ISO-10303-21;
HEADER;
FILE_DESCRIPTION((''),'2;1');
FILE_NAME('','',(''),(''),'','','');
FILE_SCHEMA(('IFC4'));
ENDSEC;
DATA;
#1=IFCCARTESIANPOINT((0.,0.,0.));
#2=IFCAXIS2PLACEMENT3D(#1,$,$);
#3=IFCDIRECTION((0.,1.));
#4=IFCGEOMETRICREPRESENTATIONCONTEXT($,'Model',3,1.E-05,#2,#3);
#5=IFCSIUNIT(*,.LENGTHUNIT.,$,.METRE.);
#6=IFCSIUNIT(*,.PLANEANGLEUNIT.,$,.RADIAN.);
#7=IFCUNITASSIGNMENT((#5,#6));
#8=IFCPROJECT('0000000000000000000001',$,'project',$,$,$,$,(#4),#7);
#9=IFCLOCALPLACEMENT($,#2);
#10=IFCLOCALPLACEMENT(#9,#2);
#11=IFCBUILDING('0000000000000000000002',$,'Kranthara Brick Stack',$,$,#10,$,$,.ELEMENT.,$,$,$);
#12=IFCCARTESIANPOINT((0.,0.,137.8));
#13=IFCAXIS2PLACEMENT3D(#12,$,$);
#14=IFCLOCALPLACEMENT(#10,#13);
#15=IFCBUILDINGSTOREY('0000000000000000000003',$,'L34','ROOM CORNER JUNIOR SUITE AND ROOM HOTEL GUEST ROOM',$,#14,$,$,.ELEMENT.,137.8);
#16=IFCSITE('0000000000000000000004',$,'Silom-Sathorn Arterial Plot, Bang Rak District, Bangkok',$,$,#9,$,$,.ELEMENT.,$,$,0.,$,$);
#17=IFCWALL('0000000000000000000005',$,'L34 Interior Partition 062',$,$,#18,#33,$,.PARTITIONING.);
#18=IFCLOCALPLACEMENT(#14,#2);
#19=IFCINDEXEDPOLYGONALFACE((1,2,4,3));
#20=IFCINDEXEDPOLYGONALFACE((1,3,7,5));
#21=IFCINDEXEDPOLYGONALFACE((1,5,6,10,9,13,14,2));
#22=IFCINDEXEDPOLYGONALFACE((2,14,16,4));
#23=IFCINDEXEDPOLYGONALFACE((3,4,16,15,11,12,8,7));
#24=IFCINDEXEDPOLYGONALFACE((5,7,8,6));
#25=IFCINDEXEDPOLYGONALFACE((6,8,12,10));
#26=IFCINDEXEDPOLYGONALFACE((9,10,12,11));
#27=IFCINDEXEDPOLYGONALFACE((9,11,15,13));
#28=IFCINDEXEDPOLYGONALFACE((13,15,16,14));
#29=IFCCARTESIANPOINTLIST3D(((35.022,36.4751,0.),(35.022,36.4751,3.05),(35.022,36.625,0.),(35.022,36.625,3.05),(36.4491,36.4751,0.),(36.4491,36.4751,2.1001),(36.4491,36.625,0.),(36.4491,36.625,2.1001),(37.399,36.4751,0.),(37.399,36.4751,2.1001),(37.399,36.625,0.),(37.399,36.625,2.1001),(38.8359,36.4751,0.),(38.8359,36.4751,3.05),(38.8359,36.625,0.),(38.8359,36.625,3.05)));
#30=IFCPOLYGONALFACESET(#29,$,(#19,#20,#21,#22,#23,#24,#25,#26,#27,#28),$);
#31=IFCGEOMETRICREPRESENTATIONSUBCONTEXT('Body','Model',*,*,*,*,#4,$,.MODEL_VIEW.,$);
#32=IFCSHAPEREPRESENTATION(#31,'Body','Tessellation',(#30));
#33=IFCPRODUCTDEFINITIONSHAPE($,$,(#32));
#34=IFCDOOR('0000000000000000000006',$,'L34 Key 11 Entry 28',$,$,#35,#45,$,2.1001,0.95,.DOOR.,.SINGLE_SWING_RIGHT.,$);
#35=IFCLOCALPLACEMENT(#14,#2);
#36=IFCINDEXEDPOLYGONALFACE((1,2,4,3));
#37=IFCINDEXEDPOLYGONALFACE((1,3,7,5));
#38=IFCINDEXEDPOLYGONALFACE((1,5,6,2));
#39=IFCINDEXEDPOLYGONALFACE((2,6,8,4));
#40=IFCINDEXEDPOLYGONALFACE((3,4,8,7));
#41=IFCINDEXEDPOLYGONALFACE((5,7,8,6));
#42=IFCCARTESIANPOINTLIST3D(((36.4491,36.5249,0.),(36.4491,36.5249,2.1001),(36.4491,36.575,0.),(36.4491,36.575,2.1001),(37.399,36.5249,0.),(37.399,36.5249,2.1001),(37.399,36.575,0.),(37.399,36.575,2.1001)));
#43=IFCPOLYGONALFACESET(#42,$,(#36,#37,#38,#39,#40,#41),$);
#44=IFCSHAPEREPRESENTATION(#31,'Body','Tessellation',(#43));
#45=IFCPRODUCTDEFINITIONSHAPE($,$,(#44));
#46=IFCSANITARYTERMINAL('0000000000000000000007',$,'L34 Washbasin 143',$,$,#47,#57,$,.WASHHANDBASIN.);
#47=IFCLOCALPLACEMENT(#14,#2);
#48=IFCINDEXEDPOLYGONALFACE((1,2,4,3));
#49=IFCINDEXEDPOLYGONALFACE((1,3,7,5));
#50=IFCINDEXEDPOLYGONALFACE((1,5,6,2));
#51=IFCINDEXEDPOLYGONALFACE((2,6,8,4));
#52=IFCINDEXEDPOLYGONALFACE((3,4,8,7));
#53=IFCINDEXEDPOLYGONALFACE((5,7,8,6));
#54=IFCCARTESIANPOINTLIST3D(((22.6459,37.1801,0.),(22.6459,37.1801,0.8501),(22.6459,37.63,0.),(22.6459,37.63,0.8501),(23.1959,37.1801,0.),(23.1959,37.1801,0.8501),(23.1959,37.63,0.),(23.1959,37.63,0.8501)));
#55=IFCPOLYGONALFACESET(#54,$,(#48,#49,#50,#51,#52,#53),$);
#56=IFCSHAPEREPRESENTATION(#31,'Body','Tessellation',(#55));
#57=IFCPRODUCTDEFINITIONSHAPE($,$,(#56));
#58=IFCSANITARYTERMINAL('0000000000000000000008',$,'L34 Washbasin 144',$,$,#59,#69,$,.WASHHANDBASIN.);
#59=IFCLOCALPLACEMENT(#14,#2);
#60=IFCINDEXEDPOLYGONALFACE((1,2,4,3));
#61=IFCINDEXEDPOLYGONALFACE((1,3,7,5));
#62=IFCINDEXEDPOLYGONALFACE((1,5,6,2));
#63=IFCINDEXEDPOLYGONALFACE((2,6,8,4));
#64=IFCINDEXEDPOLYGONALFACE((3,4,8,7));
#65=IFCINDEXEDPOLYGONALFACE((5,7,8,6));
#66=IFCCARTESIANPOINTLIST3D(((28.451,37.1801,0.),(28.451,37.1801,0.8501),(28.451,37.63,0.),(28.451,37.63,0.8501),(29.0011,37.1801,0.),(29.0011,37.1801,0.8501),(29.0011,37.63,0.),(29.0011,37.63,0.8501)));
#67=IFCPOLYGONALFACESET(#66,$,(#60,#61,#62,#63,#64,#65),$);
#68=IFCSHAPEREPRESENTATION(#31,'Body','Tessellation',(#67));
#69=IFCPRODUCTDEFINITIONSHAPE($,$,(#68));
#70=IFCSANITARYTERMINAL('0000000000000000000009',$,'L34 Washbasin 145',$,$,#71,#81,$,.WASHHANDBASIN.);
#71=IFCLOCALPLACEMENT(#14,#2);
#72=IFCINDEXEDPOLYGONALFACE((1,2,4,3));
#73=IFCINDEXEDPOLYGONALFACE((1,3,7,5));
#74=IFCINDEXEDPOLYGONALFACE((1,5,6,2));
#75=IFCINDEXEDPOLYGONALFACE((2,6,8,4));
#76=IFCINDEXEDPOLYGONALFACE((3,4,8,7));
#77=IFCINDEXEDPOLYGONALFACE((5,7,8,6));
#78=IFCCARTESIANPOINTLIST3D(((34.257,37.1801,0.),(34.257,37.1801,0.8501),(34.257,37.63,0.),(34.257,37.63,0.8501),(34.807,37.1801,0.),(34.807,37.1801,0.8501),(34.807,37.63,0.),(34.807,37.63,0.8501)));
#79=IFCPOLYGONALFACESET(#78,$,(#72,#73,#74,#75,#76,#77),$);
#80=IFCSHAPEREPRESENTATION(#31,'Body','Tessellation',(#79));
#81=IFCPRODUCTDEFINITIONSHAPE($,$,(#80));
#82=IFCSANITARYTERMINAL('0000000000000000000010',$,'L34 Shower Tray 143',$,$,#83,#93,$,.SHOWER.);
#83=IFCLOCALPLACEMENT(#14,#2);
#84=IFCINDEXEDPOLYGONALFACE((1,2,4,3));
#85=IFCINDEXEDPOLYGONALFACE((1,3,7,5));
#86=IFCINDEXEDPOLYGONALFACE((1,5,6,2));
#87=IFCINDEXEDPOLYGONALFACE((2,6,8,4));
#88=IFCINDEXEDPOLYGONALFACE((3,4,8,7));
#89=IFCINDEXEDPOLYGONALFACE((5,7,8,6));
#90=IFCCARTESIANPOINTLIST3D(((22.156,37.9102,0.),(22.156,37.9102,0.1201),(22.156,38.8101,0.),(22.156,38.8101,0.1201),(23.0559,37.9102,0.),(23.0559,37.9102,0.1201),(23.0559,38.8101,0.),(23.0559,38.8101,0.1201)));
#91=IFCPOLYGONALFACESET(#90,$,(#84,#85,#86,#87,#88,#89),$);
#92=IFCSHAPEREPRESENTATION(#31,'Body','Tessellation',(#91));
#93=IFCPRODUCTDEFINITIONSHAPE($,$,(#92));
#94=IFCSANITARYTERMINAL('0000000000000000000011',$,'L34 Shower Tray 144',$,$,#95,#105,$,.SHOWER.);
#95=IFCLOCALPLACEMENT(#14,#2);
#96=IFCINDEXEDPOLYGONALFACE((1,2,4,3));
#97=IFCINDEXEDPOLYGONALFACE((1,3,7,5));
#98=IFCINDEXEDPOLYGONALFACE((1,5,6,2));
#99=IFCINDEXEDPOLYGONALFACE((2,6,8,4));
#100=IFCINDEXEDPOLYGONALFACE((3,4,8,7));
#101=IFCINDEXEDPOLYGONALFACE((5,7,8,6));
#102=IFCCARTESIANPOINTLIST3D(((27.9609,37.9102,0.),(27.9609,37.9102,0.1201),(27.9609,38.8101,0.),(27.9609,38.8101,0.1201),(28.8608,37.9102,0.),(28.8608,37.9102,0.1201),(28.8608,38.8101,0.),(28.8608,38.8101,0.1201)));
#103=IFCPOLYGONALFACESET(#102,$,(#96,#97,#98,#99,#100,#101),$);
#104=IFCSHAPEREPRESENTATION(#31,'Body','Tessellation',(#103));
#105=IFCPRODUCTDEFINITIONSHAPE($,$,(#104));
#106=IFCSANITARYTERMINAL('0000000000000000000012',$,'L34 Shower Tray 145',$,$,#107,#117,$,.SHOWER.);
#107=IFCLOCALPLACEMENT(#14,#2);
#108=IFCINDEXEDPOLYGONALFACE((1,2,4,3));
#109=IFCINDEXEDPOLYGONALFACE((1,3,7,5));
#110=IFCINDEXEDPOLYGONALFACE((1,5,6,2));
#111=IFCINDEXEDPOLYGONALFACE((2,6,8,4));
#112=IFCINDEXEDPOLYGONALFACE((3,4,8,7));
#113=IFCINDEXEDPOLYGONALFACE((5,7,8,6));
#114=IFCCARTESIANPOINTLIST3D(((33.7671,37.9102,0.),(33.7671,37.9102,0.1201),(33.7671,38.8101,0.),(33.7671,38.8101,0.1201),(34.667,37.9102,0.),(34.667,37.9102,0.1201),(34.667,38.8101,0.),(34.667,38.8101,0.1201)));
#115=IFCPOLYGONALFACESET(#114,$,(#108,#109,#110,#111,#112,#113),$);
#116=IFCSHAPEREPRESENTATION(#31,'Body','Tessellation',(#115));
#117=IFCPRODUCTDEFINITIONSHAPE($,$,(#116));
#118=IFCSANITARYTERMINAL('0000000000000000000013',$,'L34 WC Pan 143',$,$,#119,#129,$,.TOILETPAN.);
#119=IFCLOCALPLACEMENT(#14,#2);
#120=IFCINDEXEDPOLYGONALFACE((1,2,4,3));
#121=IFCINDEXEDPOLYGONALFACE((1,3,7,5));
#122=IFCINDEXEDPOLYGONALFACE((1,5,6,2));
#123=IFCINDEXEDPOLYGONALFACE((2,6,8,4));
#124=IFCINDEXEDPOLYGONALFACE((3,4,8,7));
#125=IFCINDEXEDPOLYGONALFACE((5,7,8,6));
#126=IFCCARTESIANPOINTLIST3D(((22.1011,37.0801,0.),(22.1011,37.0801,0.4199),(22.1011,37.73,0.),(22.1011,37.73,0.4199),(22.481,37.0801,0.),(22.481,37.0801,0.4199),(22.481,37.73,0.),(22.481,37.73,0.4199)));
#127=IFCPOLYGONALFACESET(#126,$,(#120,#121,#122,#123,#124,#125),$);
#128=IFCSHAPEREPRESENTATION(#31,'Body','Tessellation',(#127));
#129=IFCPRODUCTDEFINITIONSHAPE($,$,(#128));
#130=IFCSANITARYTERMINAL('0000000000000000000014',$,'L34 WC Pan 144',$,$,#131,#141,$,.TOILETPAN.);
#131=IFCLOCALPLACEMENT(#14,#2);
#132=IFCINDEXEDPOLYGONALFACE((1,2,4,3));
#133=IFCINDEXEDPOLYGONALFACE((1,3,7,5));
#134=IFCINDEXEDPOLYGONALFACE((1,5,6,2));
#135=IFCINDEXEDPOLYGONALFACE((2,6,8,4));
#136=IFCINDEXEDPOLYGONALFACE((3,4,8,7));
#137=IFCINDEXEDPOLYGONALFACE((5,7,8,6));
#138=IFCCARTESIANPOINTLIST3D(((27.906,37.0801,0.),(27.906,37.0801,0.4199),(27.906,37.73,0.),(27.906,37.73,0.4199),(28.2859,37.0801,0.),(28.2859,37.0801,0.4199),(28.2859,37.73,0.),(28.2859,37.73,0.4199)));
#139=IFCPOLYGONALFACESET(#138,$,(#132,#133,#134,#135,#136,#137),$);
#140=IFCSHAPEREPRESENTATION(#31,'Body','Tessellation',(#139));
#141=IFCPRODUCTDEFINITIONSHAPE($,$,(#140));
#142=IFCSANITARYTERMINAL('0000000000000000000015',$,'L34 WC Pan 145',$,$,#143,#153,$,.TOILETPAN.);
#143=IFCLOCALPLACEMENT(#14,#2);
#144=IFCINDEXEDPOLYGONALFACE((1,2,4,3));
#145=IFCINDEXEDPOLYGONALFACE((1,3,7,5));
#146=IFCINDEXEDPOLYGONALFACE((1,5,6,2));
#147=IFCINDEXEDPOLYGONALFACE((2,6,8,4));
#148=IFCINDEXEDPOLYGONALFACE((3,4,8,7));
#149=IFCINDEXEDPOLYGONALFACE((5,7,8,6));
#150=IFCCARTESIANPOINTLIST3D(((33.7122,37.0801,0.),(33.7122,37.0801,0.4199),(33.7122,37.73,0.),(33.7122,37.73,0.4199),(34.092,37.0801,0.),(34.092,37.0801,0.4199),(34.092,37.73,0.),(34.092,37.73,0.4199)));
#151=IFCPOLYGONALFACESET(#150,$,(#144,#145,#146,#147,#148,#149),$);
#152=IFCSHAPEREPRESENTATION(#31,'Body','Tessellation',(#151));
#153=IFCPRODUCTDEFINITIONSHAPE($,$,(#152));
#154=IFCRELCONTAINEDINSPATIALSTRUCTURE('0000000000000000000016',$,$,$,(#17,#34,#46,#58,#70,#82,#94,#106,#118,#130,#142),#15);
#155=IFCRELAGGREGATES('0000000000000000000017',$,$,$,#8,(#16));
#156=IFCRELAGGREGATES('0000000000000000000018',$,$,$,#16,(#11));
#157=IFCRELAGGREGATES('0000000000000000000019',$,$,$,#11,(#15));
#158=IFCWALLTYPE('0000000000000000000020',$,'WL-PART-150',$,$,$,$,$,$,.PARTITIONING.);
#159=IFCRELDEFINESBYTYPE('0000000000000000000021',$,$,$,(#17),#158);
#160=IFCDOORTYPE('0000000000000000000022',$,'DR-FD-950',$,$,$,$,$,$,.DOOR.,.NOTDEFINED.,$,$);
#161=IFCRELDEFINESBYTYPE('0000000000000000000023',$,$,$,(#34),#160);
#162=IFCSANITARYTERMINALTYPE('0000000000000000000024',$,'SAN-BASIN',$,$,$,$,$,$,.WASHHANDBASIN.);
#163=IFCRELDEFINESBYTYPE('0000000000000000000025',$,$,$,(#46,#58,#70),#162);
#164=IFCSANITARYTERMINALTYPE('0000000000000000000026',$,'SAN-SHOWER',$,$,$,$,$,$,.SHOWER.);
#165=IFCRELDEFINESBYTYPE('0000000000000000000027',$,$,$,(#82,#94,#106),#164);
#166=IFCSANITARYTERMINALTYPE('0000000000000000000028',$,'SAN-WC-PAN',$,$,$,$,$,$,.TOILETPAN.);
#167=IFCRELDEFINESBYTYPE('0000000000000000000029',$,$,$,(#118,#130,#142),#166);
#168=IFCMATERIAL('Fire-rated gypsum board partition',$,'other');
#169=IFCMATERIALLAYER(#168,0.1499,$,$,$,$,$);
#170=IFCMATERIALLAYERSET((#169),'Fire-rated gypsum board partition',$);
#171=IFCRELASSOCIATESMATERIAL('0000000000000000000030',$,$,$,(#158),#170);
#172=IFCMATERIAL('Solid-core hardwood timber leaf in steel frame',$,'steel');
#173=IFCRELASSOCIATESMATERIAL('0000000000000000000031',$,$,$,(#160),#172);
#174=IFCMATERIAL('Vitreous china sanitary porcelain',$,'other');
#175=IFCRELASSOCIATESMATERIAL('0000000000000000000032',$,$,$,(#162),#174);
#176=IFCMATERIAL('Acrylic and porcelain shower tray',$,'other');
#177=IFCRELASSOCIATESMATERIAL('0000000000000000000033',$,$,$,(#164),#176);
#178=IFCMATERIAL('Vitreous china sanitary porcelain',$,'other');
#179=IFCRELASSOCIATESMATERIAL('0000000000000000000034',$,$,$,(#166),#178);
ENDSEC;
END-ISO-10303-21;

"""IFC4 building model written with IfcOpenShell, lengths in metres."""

from ifc_helpers import new_model, si_unit, direction, frame, frame_2d, origin, origin_2d, place, context, subcontext, project, spatial, rectangle, extrude, material, layer, layer_set, type_object, element, fill, save


model = new_model("IFC4")

# Units and contexts
model_context = context("Model", 3, precision=1e-05, world=origin(), true_north=direction((0.0, 1.0)))
body_context = subcontext(model_context, "Body", "Model", "MODEL_VIEW")
ifc_project = project(units=[si_unit("LENGTHUNIT", "METRE"), si_unit("PLANEANGLEUNIT", "RADIAN")], contexts=[model_context])

# Site, building, storey
site_placement = place(None, origin())
site = spatial("IfcSite", under=ifc_project, at=site_placement, Name="Silom-Sathorn Arterial Plot, Bang Rak District, Bangkok", CompositionType="ELEMENT", RefElevation=0.0)
building_placement = place(site_placement, origin())
building = spatial("IfcBuilding", under=site, at=building_placement, Name="Kranthara Brick Stack", CompositionType="ELEMENT")
storey_placement = place(building_placement, frame((0.0, 0.0, 137.8)))
storey = spatial("IfcBuildingStorey", under=building, at=storey_placement, Name="L34", Description="ROOM CORNER JUNIOR SUITE AND ROOM HOTEL GUEST ROOM", CompositionType="ELEMENT", Elevation=137.8)

# Shared definitions
ifc_material_1 = material(Name="Fire-rated gypsum board partition", Category="other")
ifc_layer_1 = layer(ifc_material_1, 0.1499)
ifc_layer_set_1 = layer_set([ifc_layer_1], Name="Fire-rated gypsum board partition")
wall_type_1 = type_object("IfcWallType", Name="WL-PART-150", PredefinedType="PARTITIONING", material=ifc_layer_set_1)

# Wall, opening, door
wall_1_placement = place(storey_placement, frame((35.022, 36.55, 0.0), z_axis=(0.0, 0.0, 1.0), x_axis=(1.0, 0.0, 0.0)))
wall_1 = element("IfcWall", 1, at=wall_1_placement, inside=storey, type_object=wall_type_1, Name="L34 Interior Partition 062", PredefinedType="PARTITIONING", context=body_context, shape_type="SweptSolid", body=[
    extrude(rectangle(XDim=3.814, YDim=0.1499, at=frame_2d((1.907, 0.0))), origin(), (0.0, 0.0, 1.0), 3.05),
])
opening_1_placement = place(wall_1_placement, frame((1.427, 0.0, 0.0)))
opening_1 = element("IfcOpeningElement", 2, at=opening_1_placement, cuts=wall_1, PredefinedType="OPENING", context=body_context, shape_type="SweptSolid", body=[
    extrude(rectangle(XDim=0.95, YDim=2.1001, at=frame_2d((0.4751, 1.05))), frame((0.0, 0.085, 0.0), z_axis=(0.0, -1.0, 0.0), x_axis=(1.0, 0.0, 0.0)), (0.0, 0.0, 1.0), 0.1699),
])
ifc_material_2 = material(Name="Solid-core hardwood timber leaf in steel frame", Category="steel")
door_type_1 = type_object("IfcDoorType", Name="DR-FD-950", OperationType="NOTDEFINED", PredefinedType="DOOR", material=ifc_material_2)
door_1_placement = place(opening_1_placement, origin())
door_1 = element("IfcDoor", 3, at=door_1_placement, inside=storey, type_object=door_type_1, Name="L34 Key 11 Entry 28", OperationType="SINGLE_SWING_RIGHT", OverallHeight=2.1001, OverallWidth=0.95, PredefinedType="DOOR", context=body_context, shape_type="SweptSolid", body=[
    extrude(rectangle(XDim=0.95, YDim=2.1001, at=frame_2d((0.4751, 1.05))), frame((0.0, 0.0249, 0.0), z_axis=(0.0, -1.0, 0.0), x_axis=(1.0, 0.0, 0.0)), (0.0, 0.0, 1.0), 0.05),
])
fill(opening_1, door_1)

# Sanitary terminals
ifc_material_3 = material(Name="Vitreous china sanitary porcelain", Category="other")
sanitary_terminal_type_1 = type_object("IfcSanitaryTerminalType", Name="SAN-BASIN", PredefinedType="WASHHANDBASIN", material=ifc_material_3)
for number, where, z_axis, x_axis, name in (
    (4, (22.9209, 37.405, 0.0), (0.0, 0.0, 1.0), (1.0, 0.0, 0.0), "L34 Washbasin 143"),
    (5, (28.7261, 37.405, 0.0), (0.0, 0.0, 1.0), (1.0, 0.0, 0.0), "L34 Washbasin 144"),
    (6, (34.532, 37.405, 0.0), (0.0, 0.0, 1.0), (1.0, 0.0, 0.0), "L34 Washbasin 145"),
):
    element("IfcSanitaryTerminal", number, at=place(storey_placement, frame(where, z_axis=z_axis, x_axis=x_axis)), inside=storey, type_object=sanitary_terminal_type_1, Name=name, PredefinedType="WASHHANDBASIN", context=body_context, shape_type="SweptSolid", body=[
        extrude(rectangle(XDim=0.55, YDim=0.45, at=origin_2d()), origin(), (0.0, 0.0, 1.0), 0.8501),
    ])
ifc_material_4 = material(Name="Acrylic and porcelain shower tray", Category="other")
sanitary_terminal_type_2 = type_object("IfcSanitaryTerminalType", Name="SAN-SHOWER", PredefinedType="SHOWER", material=ifc_material_4)
for number, where, z_axis, x_axis, name in (
    (7, (22.606, 38.3601, 0.0), (0.0, 0.0, 1.0), (1.0, 0.0, 0.0), "L34 Shower Tray 143"),
    (8, (28.4109, 38.3601, 0.0), (0.0, 0.0, 1.0), (1.0, 0.0, 0.0), "L34 Shower Tray 144"),
    (9, (34.217, 38.3601, 0.0), (0.0, 0.0, 1.0), (1.0, 0.0, 0.0), "L34 Shower Tray 145"),
):
    element("IfcSanitaryTerminal", number, at=place(storey_placement, frame(where, z_axis=z_axis, x_axis=x_axis)), inside=storey, type_object=sanitary_terminal_type_2, Name=name, PredefinedType="SHOWER", context=body_context, shape_type="SweptSolid", body=[
        extrude(rectangle(XDim=0.8999, YDim=0.8999, at=origin_2d()), origin(), (0.0, 0.0, 1.0), 0.1201),
    ])
ifc_material_5 = material(Name="Vitreous china sanitary porcelain", Category="other")
sanitary_terminal_type_3 = type_object("IfcSanitaryTerminalType", Name="SAN-WC-PAN", PredefinedType="TOILETPAN", material=ifc_material_5)
for number, where, z_axis, x_axis, name in (
    (10, (22.291, 37.405, 0.0), (0.0, 0.0, 1.0), (1.0, 0.0, 0.0), "L34 WC Pan 143"),
    (11, (28.0959, 37.405, 0.0), (0.0, 0.0, 1.0), (1.0, 0.0, 0.0), "L34 WC Pan 144"),
    (12, (33.9021, 37.405, 0.0), (0.0, 0.0, 1.0), (1.0, 0.0, 0.0), "L34 WC Pan 145"),
):
    element("IfcSanitaryTerminal", number, at=place(storey_placement, frame(where, z_axis=z_axis, x_axis=x_axis)), inside=storey, type_object=sanitary_terminal_type_3, Name=name, PredefinedType="TOILETPAN", context=body_context, shape_type="SweptSolid", body=[
        extrude(rectangle(XDim=0.3799, YDim=0.6499, at=origin_2d()), origin(), (0.0, 0.0, 1.0), 0.4199),
    ])

save(model, "model.ifc")
